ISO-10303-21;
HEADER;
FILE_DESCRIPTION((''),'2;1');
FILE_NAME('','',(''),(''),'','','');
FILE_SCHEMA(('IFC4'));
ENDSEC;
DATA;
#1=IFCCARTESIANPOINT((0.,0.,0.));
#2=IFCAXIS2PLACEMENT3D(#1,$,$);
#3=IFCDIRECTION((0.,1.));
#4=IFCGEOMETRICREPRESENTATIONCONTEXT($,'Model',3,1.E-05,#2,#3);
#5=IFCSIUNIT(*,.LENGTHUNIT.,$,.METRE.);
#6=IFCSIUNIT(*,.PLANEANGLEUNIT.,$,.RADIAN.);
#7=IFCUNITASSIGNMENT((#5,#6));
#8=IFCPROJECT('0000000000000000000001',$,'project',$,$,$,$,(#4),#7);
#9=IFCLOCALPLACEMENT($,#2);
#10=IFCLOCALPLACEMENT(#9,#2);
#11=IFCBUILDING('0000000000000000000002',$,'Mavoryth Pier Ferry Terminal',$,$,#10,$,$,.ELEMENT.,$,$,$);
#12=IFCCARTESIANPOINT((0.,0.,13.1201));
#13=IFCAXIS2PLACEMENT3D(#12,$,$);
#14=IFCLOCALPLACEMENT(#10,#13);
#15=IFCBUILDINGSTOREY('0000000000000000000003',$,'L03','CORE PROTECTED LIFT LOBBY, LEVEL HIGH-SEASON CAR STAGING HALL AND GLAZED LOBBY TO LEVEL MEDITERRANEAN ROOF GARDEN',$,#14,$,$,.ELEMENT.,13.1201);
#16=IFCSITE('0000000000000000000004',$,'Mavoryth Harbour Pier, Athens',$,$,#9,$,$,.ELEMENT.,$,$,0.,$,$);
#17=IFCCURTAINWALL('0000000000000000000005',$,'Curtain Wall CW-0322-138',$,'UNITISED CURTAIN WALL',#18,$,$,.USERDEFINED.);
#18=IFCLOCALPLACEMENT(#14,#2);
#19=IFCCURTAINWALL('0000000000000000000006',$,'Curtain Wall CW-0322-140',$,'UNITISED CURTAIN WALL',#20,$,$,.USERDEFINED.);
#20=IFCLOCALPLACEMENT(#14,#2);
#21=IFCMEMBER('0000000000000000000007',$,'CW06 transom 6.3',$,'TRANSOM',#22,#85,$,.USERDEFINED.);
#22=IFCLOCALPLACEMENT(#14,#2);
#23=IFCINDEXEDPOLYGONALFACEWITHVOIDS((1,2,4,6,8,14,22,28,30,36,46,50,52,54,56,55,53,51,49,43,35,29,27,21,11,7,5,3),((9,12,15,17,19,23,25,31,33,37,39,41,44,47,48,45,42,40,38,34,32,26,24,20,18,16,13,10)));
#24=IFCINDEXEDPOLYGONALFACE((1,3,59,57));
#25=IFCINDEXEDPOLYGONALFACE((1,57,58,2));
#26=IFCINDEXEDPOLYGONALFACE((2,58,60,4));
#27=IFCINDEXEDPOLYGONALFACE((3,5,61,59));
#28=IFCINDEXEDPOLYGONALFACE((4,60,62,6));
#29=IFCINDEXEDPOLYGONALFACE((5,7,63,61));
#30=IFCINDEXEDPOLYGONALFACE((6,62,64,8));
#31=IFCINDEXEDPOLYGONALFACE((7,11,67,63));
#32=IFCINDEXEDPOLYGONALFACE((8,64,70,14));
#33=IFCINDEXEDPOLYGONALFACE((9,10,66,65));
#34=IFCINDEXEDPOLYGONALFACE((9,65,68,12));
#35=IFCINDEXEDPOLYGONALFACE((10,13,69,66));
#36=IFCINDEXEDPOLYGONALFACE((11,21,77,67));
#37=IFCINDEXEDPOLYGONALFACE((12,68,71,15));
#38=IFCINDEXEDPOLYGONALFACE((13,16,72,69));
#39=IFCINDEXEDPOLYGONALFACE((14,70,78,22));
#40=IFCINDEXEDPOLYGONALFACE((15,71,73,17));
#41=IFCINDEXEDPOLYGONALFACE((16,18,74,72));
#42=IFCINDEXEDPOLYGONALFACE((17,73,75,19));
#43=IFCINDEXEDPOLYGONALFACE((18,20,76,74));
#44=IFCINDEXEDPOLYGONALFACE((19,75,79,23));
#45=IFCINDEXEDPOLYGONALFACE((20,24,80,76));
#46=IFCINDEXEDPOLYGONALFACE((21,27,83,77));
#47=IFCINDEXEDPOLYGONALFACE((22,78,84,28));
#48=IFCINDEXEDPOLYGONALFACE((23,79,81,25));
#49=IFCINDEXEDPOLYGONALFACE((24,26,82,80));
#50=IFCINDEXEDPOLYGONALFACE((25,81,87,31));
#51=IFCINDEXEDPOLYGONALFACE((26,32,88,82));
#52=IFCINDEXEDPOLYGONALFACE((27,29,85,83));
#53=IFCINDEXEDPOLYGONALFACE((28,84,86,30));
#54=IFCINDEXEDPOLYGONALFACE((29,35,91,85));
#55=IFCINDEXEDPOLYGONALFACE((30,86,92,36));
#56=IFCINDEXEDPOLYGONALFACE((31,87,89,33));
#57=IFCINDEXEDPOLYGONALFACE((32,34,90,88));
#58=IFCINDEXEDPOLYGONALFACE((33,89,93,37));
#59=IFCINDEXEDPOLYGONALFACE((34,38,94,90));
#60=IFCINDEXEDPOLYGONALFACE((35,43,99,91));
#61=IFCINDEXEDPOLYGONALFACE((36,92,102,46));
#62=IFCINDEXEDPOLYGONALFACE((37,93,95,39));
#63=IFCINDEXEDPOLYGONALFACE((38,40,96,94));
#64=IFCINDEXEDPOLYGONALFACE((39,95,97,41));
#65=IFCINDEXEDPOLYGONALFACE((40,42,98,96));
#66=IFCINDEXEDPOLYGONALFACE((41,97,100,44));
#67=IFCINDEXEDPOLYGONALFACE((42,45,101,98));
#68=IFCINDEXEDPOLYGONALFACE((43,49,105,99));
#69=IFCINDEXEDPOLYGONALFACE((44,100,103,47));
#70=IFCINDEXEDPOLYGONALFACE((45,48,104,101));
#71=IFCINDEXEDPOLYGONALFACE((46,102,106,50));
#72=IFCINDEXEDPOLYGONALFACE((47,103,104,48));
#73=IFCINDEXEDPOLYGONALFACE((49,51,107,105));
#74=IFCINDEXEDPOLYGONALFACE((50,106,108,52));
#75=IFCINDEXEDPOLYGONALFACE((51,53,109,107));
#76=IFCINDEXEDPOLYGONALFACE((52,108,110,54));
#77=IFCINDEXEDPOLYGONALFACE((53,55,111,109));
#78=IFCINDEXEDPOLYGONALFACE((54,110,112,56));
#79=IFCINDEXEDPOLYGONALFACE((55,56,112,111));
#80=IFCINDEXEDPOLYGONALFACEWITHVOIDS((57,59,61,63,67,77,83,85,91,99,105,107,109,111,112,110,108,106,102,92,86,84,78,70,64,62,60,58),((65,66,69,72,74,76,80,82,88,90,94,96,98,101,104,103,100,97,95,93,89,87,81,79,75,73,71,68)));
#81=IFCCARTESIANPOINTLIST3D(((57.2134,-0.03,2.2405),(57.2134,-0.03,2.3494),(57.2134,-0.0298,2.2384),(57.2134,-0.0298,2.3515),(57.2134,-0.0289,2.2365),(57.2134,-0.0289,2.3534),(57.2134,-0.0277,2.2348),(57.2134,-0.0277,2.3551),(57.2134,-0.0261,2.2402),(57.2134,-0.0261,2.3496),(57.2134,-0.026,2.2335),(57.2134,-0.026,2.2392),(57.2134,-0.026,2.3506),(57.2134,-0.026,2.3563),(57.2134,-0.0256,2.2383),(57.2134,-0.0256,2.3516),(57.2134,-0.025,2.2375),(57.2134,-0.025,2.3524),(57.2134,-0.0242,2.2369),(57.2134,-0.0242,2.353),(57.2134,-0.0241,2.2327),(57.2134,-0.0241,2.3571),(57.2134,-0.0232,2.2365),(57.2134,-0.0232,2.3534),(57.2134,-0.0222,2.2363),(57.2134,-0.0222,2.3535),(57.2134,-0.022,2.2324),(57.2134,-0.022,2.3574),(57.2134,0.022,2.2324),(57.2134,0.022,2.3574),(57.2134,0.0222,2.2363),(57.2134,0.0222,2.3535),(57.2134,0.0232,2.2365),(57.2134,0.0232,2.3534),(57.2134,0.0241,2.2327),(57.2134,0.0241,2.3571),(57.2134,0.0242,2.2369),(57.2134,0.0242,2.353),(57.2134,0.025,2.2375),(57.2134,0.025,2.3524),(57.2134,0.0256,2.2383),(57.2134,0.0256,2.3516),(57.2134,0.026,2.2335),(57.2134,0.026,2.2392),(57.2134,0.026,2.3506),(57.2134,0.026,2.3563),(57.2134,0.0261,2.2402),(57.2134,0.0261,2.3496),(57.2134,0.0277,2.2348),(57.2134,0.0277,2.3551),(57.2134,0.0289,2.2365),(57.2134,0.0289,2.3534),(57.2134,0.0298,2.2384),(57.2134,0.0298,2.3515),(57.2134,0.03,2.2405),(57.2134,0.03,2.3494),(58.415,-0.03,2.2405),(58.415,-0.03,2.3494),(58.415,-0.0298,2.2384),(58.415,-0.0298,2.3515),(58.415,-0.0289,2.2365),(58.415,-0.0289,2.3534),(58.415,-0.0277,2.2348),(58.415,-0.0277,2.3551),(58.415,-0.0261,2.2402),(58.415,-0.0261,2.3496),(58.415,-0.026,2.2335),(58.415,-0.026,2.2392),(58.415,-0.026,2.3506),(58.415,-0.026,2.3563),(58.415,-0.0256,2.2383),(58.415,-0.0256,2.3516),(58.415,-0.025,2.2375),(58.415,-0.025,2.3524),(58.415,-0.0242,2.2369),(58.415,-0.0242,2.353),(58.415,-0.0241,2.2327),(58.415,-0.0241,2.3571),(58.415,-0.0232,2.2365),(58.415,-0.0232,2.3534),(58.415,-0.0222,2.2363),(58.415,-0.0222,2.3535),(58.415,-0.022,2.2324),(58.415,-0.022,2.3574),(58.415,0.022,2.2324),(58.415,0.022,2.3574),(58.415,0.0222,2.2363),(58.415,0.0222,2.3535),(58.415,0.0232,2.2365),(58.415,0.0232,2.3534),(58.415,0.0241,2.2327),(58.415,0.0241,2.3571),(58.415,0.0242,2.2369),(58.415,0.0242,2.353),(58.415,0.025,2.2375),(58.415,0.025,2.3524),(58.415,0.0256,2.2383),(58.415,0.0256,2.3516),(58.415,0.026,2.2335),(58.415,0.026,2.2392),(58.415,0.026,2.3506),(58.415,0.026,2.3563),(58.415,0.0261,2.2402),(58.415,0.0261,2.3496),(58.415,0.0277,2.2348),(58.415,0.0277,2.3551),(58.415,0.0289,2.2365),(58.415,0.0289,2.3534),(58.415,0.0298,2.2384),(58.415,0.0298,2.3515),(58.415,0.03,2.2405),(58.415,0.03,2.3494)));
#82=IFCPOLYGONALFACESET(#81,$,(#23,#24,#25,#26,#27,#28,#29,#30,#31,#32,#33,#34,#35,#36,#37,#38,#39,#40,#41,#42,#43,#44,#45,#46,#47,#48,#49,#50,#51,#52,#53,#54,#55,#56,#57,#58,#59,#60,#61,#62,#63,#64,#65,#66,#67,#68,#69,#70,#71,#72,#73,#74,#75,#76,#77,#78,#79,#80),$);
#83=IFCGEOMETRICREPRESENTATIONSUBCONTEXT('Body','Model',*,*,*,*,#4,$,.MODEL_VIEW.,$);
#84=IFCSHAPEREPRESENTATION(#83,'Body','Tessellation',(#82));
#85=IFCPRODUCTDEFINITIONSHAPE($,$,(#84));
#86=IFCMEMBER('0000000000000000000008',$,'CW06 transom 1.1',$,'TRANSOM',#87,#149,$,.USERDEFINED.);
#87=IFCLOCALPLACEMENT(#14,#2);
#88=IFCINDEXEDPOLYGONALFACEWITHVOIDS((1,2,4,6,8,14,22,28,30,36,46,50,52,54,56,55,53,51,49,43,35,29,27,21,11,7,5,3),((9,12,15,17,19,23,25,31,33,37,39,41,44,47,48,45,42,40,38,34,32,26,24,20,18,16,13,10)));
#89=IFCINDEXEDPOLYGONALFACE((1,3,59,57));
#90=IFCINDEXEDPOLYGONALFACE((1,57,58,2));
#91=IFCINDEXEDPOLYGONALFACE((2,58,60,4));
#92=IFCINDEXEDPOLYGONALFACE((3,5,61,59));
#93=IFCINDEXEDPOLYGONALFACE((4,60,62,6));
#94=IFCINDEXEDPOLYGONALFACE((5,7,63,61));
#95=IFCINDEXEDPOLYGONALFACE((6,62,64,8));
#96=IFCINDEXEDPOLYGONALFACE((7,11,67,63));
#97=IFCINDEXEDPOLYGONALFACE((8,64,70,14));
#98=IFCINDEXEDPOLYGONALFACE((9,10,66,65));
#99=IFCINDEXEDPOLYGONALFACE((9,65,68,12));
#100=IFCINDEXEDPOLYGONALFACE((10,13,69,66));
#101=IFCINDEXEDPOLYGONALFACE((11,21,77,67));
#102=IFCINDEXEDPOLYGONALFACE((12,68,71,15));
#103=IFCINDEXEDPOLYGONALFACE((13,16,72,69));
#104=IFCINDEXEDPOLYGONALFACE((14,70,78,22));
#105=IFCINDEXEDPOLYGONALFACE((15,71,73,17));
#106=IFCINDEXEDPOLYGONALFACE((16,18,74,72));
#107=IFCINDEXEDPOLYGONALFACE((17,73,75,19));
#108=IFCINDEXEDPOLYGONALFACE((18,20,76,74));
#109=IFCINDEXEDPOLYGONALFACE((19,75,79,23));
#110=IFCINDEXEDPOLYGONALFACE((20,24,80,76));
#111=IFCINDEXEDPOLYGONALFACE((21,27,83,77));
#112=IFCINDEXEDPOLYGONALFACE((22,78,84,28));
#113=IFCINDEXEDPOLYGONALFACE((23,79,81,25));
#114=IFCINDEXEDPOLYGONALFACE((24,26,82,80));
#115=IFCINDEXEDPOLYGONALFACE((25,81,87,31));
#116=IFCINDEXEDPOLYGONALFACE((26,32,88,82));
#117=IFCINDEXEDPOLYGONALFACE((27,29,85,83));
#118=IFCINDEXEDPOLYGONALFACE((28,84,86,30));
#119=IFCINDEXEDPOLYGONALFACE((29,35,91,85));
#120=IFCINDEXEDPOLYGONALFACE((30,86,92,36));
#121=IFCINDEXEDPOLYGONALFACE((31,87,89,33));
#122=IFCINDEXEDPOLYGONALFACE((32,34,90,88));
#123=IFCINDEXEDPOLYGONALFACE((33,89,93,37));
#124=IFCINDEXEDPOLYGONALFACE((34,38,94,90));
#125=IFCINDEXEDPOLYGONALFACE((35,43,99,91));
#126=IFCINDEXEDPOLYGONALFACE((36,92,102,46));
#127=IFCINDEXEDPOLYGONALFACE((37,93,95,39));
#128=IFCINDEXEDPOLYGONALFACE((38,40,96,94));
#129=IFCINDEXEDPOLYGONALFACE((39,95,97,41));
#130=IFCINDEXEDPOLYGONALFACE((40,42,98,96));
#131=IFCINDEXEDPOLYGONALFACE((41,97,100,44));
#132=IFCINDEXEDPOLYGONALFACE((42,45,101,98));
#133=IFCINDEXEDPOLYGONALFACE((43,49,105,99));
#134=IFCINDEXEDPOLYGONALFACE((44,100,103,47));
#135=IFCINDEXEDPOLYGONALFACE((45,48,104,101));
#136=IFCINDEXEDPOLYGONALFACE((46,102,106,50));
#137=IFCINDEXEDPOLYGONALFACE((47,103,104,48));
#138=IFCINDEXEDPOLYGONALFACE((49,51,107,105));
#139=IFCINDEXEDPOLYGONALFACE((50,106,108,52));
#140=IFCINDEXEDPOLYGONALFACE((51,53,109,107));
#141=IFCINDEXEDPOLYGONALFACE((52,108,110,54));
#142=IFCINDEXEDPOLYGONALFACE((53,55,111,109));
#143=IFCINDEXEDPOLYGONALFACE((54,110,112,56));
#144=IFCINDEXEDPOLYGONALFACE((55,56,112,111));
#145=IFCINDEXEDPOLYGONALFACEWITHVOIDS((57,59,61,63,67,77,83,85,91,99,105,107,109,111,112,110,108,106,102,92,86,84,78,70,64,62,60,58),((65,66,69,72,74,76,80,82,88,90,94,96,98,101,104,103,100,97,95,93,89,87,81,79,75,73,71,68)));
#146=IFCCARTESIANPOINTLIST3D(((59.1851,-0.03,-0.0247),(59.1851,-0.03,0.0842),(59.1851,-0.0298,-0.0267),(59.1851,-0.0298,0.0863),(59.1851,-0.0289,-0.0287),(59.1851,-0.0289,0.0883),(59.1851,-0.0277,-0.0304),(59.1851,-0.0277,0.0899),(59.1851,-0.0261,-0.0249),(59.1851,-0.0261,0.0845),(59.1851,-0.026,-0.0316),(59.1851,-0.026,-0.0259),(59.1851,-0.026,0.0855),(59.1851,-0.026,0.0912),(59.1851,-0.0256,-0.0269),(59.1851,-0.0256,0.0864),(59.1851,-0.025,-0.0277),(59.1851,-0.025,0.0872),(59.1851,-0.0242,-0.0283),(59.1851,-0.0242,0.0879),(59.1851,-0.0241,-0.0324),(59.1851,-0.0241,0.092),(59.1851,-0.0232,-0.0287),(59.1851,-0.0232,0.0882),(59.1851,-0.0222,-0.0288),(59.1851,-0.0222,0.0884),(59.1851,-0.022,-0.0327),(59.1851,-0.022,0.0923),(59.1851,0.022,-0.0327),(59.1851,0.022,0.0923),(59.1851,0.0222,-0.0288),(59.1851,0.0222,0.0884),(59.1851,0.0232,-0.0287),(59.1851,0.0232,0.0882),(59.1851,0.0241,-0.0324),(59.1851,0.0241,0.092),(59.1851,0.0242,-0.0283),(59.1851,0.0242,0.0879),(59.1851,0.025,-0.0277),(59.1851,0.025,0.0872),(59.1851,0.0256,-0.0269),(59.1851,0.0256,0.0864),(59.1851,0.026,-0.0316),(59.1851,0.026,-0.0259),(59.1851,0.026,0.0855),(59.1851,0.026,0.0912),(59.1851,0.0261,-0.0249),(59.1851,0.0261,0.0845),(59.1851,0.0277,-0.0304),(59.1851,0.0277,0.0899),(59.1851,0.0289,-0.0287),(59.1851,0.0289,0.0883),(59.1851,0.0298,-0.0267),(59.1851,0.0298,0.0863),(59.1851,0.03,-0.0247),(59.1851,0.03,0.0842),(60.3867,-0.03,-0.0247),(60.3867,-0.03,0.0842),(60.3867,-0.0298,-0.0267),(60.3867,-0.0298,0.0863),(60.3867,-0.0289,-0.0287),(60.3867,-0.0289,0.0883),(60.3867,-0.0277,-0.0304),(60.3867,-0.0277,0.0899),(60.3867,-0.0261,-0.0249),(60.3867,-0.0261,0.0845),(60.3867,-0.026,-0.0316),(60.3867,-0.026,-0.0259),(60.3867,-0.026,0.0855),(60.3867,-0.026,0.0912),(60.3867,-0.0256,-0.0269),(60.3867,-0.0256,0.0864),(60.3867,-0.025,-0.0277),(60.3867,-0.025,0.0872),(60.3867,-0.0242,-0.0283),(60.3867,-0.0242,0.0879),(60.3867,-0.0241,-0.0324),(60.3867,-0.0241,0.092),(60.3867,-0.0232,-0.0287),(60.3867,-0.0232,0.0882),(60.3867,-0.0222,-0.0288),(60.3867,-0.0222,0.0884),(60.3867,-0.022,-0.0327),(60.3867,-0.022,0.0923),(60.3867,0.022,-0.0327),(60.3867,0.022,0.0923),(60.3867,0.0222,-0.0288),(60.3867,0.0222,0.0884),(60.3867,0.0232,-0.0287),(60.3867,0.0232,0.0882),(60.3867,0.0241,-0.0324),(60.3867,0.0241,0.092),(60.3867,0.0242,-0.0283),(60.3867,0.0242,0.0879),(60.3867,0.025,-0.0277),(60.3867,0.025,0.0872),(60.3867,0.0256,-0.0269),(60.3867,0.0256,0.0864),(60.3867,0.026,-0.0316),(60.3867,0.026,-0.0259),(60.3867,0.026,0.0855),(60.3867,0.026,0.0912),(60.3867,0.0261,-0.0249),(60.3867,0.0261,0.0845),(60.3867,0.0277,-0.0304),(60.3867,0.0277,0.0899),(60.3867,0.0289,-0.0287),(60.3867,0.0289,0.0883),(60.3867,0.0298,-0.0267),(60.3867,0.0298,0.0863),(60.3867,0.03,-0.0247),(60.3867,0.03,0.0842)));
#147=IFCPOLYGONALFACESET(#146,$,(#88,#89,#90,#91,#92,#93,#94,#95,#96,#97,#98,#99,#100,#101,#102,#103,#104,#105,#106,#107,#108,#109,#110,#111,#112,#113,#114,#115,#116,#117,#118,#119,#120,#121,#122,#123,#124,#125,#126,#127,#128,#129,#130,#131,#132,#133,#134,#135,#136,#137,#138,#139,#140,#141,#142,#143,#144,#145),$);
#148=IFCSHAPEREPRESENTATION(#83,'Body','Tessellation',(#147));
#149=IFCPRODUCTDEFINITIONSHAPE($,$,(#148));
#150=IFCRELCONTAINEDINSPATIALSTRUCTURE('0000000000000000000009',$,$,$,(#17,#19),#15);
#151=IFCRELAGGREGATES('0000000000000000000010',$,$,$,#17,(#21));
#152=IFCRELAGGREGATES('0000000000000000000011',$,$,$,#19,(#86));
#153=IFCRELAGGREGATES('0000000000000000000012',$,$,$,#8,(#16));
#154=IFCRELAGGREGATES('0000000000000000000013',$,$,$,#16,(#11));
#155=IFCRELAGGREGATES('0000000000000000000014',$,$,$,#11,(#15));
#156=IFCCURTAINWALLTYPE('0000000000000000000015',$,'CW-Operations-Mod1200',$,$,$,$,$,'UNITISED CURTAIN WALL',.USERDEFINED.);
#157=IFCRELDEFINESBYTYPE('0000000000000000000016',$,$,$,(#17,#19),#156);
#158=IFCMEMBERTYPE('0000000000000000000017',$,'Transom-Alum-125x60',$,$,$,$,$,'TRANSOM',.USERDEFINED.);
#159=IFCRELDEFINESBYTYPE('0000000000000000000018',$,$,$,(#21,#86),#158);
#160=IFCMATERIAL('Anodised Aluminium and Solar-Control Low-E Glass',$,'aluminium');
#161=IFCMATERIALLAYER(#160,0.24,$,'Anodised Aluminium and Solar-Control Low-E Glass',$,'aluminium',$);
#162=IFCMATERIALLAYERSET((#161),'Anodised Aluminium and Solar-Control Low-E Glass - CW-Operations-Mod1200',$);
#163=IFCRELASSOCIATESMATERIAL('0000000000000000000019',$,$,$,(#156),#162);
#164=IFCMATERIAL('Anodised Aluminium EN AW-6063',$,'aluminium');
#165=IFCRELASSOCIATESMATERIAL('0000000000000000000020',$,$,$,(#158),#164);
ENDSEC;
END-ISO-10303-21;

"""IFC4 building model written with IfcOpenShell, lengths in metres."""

from ifc_helpers import new_model, si_unit, direction, frame, origin, origin_2d, place, context, subcontext, project, spatial, hollow_rectangle, extrude, material, layer, layer_set, material_profile, profile_set, type_object, element, aggregate, save


model = new_model("IFC4")

# Units and contexts
model_context = context("Model", 3, precision=1e-05, world=origin(), true_north=direction((0.0, 1.0)))
body_context = subcontext(model_context, "Body", "Model", "MODEL_VIEW")
ifc_project = project(units=[si_unit("LENGTHUNIT", "METRE"), si_unit("PLANEANGLEUNIT", "RADIAN")], contexts=[model_context])

# Site, building, storey
site_placement = place(None, origin())
site = spatial("IfcSite", under=ifc_project, at=site_placement, Name="Mavoryth Harbour Pier, Athens", CompositionType="ELEMENT", RefElevation=0.0)
building_placement = place(site_placement, origin())
building = spatial("IfcBuilding", under=site, at=building_placement, Name="Mavoryth Pier Ferry Terminal", CompositionType="ELEMENT")
storey_placement = place(building_placement, frame((0.0, 0.0, 13.1201)))
storey = spatial("IfcBuildingStorey", under=building, at=storey_placement, Name="L03", Description="CORE PROTECTED LIFT LOBBY, LEVEL HIGH-SEASON CAR STAGING HALL AND GLAZED LOBBY TO LEVEL MEDITERRANEAN ROOF GARDEN", CompositionType="ELEMENT", Elevation=13.1201)

# Curtain wall
ifc_material_1 = material(Name="Anodised Aluminium and Solar-Control Low-E Glass", Category="aluminium")
ifc_layer_1 = layer(ifc_material_1, 0.24, Name="Anodised Aluminium and Solar-Control Low-E Glass", Category="aluminium")
ifc_layer_set_1 = layer_set([ifc_layer_1], Name="Anodised Aluminium and Solar-Control Low-E Glass - CW-Operations-Mod1200")
curtain_wall_type = type_object("IfcCurtainWallType", Name="CW-Operations-Mod1200", ElementType="UNITISED CURTAIN WALL", PredefinedType="USERDEFINED", material=ifc_layer_set_1)
curtain_wall_1_placement = place(storey_placement, origin())
curtain_wall_1 = element("IfcCurtainWall", 1, at=curtain_wall_1_placement, inside=storey, type_object=curtain_wall_type, Name="Curtain Wall CW-0322-138", ObjectType="UNITISED CURTAIN WALL", PredefinedType="USERDEFINED")
ifc_material_2 = material(Name="Anodised Aluminium EN AW-6063", Category="aluminium")

# Curtain wall
curtain_wall_2_placement = place(storey_placement, origin())
curtain_wall_2 = element("IfcCurtainWall", 2, at=curtain_wall_2_placement, inside=storey, type_object=curtain_wall_type, Name="Curtain Wall CW-0322-140", ObjectType="UNITISED CURTAIN WALL", PredefinedType="USERDEFINED")

# Members
ifc_material_profile_1 = material_profile(ifc_material_2, hollow_rectangle(XDim=0.0601, YDim=0.125, WallThickness=0.0039, InnerFilletRadius=0.0039, OuterFilletRadius=0.0081, at=origin_2d()), Name="AL-TRAN 125x60x4", Category="aluminium")
ifc_profile_set_1 = profile_set([ifc_material_profile_1], Name="Anodised Aluminium EN AW-6063 - AL-TRAN 125x60x4")
member_type_1 = type_object("IfcMemberType", Name="Transom-Alum-125x60", ElementType="TRANSOM", PredefinedType="USERDEFINED", material=ifc_profile_set_1)
member_1_placement = place(storey_placement, frame((57.2134, 0.0, 2.2949), z_axis=(1.0, 0.0, 0.0), x_axis=(0.0, 1.0, 0.0)))
member_1 = element("IfcMember", 3, at=member_1_placement, type_object=member_type_1, Name="CW06 transom 6.3", ObjectType="TRANSOM", PredefinedType="USERDEFINED", context=body_context, shape_type="SweptSolid", body=[
    extrude(hollow_rectangle(XDim=0.0601, YDim=0.125, WallThickness=0.0039, InnerFilletRadius=0.0039, OuterFilletRadius=0.0081, at=origin_2d()), origin(), (0.0, 0.0, 1.0), 1.2017),
])
member_2_placement = place(storey_placement, frame((59.1851, 0.0, 0.0298), z_axis=(1.0, 0.0, 0.0), x_axis=(0.0, 1.0, 0.0)))
member_2 = element("IfcMember", 4, at=member_2_placement, type_object=member_type_1, Name="CW06 transom 1.1", ObjectType="TRANSOM", PredefinedType="USERDEFINED", context=body_context, shape_type="SweptSolid", body=[
    extrude(hollow_rectangle(XDim=0.0601, YDim=0.125, WallThickness=0.0039, InnerFilletRadius=0.0039, OuterFilletRadius=0.0081, at=origin_2d()), origin(), (0.0, 0.0, 1.0), 1.2017),
])

aggregate(curtain_wall_1, [member_1])
aggregate(curtain_wall_2, [member_2])

save(model, "model.ifc")
